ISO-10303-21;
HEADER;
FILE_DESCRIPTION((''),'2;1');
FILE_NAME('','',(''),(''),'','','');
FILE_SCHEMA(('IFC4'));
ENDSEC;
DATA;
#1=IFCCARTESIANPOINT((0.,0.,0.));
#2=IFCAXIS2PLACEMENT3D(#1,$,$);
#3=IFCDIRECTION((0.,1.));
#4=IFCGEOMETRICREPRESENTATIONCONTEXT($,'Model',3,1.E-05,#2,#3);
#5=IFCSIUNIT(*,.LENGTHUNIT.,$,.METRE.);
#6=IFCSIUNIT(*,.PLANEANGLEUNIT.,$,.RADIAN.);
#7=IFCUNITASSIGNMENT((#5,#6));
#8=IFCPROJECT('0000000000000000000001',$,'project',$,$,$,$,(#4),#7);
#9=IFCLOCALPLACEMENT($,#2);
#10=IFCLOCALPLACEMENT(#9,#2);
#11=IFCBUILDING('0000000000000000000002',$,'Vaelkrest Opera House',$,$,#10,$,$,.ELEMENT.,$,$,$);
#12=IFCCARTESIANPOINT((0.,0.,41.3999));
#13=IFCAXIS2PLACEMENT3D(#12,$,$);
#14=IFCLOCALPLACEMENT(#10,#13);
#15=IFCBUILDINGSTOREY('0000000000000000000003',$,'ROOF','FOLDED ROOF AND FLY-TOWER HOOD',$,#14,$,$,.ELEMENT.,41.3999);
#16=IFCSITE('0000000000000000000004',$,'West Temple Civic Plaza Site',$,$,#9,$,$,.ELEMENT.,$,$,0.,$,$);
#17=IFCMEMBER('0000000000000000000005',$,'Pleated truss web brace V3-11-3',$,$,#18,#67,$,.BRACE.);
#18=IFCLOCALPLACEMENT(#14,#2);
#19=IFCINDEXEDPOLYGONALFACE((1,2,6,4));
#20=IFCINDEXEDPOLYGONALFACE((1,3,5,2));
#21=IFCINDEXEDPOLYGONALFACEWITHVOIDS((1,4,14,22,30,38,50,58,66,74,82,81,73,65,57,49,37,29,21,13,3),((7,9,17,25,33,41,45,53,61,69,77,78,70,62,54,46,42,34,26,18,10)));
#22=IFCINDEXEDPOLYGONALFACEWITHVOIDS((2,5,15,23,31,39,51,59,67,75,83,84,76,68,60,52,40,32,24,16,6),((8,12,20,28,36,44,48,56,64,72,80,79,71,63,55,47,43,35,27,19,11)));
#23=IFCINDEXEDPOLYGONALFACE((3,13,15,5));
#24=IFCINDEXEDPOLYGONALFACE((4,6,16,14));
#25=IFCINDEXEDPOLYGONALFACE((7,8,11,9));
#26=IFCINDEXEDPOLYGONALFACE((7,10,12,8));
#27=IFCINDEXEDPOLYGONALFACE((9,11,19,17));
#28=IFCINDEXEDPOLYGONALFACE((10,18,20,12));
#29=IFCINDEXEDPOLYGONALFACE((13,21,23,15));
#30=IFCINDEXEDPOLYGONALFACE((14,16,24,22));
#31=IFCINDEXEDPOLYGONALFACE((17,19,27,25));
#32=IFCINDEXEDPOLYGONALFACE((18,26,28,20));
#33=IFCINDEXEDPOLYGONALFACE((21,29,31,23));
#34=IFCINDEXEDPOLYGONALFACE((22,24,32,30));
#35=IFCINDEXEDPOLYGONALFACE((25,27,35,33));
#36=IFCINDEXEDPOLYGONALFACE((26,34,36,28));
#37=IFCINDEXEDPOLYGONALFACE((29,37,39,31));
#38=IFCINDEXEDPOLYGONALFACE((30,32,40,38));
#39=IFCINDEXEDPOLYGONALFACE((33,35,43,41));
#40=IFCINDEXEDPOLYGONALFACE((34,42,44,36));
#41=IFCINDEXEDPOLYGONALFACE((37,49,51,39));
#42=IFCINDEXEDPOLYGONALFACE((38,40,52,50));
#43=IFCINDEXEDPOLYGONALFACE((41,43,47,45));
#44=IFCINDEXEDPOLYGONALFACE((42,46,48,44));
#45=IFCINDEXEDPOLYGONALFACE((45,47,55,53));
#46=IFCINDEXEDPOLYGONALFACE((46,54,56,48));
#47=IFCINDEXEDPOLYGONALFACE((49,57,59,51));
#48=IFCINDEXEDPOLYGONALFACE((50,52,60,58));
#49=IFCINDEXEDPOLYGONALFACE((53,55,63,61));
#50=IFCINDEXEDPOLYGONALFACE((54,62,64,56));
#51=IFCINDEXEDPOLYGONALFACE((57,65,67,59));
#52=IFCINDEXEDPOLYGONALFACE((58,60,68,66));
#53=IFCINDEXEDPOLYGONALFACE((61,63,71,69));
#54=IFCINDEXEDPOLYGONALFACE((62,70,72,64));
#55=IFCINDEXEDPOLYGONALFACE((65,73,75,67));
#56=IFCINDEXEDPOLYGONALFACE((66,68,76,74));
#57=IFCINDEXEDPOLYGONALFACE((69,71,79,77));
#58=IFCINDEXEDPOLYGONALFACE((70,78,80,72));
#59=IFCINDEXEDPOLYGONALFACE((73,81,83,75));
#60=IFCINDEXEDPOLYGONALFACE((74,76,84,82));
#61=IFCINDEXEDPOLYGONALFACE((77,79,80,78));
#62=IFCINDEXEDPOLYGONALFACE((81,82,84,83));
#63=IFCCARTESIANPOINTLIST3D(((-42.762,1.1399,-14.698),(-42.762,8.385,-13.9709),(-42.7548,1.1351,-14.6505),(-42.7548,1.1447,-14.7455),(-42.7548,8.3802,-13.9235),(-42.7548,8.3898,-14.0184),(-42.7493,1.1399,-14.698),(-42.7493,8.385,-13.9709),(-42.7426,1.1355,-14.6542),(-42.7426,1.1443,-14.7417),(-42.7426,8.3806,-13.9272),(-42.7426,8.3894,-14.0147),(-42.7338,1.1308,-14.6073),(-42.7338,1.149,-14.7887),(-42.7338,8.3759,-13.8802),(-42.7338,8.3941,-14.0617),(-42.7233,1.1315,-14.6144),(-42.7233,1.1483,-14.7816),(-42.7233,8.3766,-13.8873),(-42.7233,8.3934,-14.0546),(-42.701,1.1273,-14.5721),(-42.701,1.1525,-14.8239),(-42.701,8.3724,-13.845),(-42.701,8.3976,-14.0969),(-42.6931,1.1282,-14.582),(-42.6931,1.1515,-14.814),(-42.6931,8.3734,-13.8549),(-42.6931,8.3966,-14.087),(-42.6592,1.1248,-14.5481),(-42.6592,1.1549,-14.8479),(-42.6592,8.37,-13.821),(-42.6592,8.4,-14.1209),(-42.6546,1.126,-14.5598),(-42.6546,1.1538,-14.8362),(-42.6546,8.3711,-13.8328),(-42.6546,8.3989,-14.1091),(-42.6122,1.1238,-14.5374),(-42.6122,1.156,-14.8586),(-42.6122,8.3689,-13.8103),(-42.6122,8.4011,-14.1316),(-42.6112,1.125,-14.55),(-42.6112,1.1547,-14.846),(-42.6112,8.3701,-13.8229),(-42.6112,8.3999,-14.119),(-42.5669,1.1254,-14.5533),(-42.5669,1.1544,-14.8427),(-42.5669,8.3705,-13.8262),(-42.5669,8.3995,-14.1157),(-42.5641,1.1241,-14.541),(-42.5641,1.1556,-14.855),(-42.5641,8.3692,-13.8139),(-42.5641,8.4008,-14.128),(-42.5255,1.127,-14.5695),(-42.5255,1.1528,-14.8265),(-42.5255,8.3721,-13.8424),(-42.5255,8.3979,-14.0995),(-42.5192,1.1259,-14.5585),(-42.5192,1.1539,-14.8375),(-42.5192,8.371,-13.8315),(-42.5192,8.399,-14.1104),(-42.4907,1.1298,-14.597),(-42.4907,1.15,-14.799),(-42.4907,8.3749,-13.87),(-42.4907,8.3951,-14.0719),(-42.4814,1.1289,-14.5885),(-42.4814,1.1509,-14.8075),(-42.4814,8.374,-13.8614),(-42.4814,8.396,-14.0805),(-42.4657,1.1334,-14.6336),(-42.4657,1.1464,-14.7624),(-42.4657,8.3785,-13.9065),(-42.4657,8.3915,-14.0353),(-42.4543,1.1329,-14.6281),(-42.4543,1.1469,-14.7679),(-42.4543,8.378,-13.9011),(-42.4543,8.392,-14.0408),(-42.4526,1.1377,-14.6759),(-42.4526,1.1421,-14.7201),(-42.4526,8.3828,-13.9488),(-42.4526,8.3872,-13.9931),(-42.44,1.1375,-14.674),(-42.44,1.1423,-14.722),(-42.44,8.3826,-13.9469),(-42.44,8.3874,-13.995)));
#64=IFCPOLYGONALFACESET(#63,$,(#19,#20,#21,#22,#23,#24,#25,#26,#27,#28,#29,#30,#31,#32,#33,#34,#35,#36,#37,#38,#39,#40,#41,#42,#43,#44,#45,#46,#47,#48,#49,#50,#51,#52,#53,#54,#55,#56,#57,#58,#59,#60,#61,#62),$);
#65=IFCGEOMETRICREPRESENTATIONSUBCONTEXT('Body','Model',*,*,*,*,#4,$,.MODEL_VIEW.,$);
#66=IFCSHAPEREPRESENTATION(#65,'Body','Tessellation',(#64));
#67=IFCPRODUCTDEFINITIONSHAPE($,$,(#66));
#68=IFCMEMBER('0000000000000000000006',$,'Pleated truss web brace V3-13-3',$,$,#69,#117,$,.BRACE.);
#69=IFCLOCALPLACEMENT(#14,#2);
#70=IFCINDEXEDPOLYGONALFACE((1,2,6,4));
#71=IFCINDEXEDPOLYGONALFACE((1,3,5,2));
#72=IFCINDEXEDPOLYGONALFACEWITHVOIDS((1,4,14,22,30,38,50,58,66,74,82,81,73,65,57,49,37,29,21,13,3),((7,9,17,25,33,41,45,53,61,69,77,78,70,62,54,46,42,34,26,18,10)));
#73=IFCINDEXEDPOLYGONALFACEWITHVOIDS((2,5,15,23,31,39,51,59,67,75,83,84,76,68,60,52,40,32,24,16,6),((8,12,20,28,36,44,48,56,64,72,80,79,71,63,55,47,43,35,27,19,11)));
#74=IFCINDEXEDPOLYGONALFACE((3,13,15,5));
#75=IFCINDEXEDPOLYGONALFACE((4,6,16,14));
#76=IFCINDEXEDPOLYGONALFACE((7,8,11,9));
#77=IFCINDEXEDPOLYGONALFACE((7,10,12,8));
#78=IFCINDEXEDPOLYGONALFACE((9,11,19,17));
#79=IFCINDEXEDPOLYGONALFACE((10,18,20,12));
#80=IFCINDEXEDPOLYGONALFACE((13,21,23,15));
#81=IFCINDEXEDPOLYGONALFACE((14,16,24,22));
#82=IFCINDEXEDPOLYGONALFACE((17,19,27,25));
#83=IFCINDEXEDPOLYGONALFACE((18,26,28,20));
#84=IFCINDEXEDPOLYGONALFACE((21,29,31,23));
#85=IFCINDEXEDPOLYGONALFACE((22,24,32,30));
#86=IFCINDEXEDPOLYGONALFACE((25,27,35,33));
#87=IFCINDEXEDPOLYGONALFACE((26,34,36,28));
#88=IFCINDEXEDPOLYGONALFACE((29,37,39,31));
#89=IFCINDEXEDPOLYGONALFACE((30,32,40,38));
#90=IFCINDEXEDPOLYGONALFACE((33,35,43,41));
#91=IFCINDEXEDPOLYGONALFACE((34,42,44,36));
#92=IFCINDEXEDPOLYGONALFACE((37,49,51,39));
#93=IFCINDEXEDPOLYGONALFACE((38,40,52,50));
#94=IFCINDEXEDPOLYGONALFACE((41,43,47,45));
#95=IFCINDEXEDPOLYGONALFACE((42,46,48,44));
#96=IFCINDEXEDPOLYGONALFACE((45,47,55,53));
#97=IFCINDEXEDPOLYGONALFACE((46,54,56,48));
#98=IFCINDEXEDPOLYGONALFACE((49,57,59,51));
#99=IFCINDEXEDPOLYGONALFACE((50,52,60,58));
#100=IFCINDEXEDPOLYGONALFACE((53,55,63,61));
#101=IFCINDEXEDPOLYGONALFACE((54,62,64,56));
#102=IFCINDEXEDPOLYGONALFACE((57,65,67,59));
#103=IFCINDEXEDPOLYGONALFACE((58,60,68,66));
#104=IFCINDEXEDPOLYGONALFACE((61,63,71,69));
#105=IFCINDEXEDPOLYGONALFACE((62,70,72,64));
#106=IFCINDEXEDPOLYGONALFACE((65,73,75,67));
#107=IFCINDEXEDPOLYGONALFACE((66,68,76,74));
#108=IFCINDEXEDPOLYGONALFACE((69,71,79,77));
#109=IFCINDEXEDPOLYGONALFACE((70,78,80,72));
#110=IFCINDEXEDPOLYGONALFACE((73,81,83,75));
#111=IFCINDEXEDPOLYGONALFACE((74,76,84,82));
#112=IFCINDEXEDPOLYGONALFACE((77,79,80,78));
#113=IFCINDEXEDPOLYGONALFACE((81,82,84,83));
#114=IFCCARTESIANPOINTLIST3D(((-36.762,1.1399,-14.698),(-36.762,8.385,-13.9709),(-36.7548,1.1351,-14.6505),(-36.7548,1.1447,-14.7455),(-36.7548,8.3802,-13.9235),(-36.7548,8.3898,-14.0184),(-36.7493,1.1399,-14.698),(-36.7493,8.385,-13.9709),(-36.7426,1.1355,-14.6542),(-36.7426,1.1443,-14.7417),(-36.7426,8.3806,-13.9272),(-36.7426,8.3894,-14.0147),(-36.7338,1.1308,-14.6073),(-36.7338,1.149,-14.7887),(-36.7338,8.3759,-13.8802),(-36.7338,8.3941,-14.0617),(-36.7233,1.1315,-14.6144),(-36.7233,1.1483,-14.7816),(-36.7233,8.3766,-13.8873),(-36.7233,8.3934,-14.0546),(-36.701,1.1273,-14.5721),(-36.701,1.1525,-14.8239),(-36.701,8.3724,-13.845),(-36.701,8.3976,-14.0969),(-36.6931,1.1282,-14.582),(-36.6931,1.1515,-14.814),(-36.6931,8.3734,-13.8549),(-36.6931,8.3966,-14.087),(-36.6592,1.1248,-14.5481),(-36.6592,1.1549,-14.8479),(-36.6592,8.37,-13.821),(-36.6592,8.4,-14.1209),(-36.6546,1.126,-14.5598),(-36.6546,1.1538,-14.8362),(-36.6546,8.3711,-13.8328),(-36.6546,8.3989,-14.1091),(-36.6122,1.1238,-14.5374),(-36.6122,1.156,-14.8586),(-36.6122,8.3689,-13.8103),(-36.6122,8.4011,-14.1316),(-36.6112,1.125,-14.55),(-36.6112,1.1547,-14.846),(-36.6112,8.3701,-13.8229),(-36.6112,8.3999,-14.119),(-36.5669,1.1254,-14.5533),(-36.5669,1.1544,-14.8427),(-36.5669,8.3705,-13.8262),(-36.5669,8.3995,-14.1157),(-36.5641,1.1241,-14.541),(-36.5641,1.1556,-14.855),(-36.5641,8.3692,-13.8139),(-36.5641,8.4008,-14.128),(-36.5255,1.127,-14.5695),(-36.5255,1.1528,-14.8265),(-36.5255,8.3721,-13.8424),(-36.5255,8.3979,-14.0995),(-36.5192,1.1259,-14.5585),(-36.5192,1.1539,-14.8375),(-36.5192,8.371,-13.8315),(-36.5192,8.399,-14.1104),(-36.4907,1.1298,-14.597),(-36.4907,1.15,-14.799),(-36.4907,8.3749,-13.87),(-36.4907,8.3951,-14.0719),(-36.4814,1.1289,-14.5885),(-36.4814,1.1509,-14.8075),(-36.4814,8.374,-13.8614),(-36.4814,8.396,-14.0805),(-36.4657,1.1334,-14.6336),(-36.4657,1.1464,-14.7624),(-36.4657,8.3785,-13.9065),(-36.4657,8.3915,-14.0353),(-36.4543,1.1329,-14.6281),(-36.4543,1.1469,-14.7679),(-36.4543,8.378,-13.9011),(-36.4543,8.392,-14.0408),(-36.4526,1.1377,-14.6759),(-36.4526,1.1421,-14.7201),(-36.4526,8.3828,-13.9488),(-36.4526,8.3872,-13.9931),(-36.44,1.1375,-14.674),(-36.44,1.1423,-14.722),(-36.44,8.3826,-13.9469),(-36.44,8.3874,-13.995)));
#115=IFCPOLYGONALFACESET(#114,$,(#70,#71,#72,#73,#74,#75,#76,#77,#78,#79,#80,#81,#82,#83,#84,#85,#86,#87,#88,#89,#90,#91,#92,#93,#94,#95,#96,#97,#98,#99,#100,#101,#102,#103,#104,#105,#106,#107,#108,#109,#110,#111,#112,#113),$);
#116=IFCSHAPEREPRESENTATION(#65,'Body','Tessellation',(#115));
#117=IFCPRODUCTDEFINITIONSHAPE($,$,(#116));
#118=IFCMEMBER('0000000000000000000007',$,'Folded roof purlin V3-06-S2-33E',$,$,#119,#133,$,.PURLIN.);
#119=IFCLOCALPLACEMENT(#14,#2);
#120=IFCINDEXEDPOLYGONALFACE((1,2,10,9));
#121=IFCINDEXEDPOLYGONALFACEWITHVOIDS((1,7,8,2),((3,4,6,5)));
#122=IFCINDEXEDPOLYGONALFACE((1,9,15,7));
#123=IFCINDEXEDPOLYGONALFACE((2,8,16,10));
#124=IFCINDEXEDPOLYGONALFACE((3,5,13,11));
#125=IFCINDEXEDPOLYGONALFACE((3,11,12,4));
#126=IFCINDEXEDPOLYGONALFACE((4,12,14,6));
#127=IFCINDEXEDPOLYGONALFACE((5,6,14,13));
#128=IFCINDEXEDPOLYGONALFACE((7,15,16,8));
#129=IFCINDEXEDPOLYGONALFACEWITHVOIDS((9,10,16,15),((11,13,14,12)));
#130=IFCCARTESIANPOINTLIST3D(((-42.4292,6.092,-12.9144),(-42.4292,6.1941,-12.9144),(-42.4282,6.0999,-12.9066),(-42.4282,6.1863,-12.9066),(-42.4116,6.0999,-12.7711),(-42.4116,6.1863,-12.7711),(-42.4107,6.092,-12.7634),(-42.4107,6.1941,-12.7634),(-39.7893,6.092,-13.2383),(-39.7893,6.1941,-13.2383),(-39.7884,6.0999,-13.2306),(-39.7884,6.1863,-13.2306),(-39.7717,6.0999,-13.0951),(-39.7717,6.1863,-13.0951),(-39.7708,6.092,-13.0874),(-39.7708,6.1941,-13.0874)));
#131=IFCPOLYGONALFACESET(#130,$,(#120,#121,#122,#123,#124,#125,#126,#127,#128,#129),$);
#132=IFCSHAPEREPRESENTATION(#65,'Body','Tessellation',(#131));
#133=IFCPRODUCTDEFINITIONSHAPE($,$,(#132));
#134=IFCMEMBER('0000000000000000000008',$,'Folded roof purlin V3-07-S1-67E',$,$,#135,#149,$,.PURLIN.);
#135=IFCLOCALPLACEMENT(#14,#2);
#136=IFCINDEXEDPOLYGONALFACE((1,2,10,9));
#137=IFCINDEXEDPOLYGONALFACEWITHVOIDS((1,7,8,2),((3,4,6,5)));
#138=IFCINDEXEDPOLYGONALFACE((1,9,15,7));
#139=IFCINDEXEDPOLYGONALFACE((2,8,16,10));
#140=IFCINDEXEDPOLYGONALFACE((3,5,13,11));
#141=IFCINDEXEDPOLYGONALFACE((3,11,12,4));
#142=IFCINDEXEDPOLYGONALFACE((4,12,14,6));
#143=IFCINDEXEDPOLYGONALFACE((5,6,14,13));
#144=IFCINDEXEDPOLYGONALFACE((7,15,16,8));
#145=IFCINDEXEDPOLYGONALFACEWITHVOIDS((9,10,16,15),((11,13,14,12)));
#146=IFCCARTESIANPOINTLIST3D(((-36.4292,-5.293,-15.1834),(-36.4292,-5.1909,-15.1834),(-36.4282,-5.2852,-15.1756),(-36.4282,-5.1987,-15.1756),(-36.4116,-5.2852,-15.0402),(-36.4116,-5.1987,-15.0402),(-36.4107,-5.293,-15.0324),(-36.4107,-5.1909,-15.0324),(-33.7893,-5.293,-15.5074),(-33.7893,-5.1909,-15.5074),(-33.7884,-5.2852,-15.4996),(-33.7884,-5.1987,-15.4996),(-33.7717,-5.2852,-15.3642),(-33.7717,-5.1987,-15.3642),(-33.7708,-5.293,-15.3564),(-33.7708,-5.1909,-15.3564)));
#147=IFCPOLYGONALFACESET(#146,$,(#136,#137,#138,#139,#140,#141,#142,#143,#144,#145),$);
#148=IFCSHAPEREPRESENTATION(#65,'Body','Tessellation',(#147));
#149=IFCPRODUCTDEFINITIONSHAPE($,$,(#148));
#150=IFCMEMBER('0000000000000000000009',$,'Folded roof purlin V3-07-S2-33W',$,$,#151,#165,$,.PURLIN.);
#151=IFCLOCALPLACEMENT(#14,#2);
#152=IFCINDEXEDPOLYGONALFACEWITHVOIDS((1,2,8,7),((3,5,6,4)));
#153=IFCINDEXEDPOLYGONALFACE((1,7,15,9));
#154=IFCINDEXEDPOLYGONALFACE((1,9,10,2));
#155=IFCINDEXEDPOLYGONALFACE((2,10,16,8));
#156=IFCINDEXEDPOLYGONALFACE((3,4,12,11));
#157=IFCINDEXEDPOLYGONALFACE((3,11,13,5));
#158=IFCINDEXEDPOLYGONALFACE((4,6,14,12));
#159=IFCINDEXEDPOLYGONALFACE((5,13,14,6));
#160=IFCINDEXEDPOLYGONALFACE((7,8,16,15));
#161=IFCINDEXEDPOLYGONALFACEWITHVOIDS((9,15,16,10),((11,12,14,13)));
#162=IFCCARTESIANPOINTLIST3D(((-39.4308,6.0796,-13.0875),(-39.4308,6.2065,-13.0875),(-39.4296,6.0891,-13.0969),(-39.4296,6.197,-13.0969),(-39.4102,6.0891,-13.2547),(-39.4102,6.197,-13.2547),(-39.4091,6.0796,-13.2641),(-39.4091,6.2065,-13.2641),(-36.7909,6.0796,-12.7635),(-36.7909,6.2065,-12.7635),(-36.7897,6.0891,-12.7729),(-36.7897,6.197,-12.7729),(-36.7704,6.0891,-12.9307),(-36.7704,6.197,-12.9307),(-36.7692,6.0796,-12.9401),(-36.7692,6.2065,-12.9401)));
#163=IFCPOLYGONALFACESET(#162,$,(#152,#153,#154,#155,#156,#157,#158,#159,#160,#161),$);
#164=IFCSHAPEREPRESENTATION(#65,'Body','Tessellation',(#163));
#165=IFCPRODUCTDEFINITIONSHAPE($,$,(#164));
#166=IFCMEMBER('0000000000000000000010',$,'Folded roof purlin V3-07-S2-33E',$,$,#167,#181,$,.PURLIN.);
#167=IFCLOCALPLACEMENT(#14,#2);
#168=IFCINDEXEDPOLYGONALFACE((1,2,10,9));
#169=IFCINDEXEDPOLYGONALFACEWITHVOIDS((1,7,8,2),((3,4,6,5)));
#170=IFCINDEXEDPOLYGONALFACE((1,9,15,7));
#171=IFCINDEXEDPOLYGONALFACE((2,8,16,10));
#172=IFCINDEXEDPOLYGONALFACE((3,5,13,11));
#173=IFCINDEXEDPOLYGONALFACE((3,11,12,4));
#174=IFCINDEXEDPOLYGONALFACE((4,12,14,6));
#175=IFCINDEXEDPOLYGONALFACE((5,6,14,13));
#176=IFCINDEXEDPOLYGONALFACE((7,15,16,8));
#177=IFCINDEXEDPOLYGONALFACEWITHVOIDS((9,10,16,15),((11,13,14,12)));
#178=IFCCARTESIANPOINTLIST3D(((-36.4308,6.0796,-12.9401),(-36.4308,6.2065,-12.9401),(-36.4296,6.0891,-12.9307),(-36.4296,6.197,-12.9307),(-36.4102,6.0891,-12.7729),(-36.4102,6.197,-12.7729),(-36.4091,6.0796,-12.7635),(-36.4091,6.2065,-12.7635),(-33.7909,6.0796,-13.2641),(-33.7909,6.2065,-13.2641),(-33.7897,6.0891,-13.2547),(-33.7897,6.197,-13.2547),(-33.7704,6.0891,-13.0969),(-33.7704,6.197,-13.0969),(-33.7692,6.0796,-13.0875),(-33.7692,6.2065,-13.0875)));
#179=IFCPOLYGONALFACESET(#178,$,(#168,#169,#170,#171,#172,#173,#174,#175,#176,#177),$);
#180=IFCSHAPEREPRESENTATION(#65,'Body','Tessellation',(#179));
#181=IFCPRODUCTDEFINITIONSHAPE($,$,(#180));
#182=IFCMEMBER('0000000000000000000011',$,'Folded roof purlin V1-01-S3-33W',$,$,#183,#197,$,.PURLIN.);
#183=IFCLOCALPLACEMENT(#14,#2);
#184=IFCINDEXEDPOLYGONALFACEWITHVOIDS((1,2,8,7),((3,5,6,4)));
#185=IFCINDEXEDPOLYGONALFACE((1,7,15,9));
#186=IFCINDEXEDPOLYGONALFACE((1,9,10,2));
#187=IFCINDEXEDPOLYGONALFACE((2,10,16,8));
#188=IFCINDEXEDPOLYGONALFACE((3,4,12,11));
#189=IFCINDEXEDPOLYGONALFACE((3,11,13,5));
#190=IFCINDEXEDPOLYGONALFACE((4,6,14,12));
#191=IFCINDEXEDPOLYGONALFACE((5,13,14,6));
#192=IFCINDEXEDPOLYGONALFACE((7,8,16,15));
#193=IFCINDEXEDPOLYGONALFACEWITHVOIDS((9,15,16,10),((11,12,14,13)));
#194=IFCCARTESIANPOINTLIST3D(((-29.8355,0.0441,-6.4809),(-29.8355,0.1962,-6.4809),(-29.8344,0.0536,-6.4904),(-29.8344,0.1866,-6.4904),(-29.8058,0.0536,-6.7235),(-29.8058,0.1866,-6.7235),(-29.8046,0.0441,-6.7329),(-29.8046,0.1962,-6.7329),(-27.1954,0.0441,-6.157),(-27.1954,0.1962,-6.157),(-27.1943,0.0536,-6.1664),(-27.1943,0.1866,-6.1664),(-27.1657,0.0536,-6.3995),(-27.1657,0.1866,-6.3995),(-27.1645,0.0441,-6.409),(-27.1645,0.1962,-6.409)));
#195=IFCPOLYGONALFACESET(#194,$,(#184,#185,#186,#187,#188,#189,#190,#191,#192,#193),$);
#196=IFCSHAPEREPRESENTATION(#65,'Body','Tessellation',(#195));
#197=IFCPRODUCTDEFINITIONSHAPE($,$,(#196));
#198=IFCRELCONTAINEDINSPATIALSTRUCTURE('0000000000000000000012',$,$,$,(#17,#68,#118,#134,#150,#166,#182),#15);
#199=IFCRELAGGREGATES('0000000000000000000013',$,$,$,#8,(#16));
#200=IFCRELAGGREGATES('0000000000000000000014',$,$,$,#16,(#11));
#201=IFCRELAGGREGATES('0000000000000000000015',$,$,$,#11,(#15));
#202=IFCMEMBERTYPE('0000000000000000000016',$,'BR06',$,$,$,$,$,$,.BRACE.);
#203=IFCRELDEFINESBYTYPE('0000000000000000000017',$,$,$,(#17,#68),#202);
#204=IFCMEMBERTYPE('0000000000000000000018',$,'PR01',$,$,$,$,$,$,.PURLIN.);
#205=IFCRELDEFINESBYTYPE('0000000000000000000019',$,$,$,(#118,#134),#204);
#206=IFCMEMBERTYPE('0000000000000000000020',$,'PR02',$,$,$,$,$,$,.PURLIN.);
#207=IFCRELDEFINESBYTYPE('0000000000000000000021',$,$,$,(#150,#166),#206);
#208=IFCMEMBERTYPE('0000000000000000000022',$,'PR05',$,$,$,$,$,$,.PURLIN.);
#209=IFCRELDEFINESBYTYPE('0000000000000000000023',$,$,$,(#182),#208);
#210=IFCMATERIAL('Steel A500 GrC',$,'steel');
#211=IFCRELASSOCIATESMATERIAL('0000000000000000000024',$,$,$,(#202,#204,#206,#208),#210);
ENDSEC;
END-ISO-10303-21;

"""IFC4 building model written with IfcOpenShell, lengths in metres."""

from ifc_helpers import new_model, si_unit, direction, frame, origin, origin_2d, place, context, subcontext, project, spatial, hollow_rectangle, hollow_circle, extrude, material, material_profile, profile_set, type_object, element, save


model = new_model("IFC4")

# Units and contexts
model_context = context("Model", 3, precision=1e-05, world=origin(), true_north=direction((0.0, 1.0)))
body_context = subcontext(model_context, "Body", "Model", "MODEL_VIEW")
ifc_project = project(units=[si_unit("LENGTHUNIT", "METRE"), si_unit("PLANEANGLEUNIT", "RADIAN")], contexts=[model_context])

# Site, building, storey
site_placement = place(None, origin())
site = spatial("IfcSite", under=ifc_project, at=site_placement, Name="West Temple Civic Plaza Site", CompositionType="ELEMENT", RefElevation=0.0)
building_placement = place(site_placement, origin())
building = spatial("IfcBuilding", under=site, at=building_placement, Name="Vaelkrest Opera House", CompositionType="ELEMENT")
storey_placement = place(building_placement, frame((0.0, 0.0, 41.3999)))
storey = spatial("IfcBuildingStorey", under=building, at=storey_placement, Name="ROOF", Description="FOLDED ROOF AND FLY-TOWER HOOD", CompositionType="ELEMENT", Elevation=41.3999)

# Members
ifc_material_1 = material(Name="Steel A500 GrC", Category="steel")
ifc_material_profile_1 = material_profile(ifc_material_1, hollow_circle(Radius=0.1619, WallThickness=0.0127, at=origin_2d()), Name="HSS323.9X12.7")
ifc_profile_set_1 = profile_set([ifc_material_profile_1], Name="Steel A500 GrC")
member_type_1 = type_object("IfcMemberType", Name="BR06", PredefinedType="BRACE", material=ifc_profile_set_1)
for number, where, z_axis, x_axis, name in (
    (1, (-42.6001, 1.1399, -14.698), (0.0, 0.995003, 0.099849), (-1.0, 0.0, 0.0), "Pleated truss web brace V3-11-3"),
    (2, (-36.6001, 1.1399, -14.698), (0.0, 0.995003, 0.099849), (-1.0, 0.0, 0.0), "Pleated truss web brace V3-13-3"),
):
    element("IfcMember", number, at=place(storey_placement, frame(where, z_axis=z_axis, x_axis=x_axis)), inside=storey, type_object=member_type_1, Name=name, PredefinedType="BRACE", context=body_context, shape_type="SweptSolid", body=[
        extrude(hollow_circle(Radius=0.1619, WallThickness=0.0127, at=origin_2d()), origin(), (0.0, 0.0, 1.0), 7.2815),
    ])
ifc_material_profile_2 = material_profile(ifc_material_1, hollow_rectangle(XDim=0.1021, YDim=0.1521, WallThickness=0.0078, at=origin_2d()), Name="HSS152X102X8")
ifc_profile_set_2 = profile_set([ifc_material_profile_2], Name="Steel A500 GrC")
member_type_2 = type_object("IfcMemberType", Name="PR01", PredefinedType="PURLIN", material=ifc_profile_set_2)
for number, where, z_axis, x_axis, name in (
    (3, (-42.4199, 6.1431, -12.8389), (0.992554, 0.0, -0.121809), (0.0, 1.0, 0.0), "Folded roof purlin V3-06-S2-33E"),
    (4, (-36.4199, -5.2419, -15.1079), (0.992554, 0.0, -0.121809), (0.0, 1.0, 0.0), "Folded roof purlin V3-07-S1-67E"),
):
    element("IfcMember", number, at=place(storey_placement, frame(where, z_axis=z_axis, x_axis=x_axis)), inside=storey, type_object=member_type_2, Name=name, PredefinedType="PURLIN", context=body_context, shape_type="SweptSolid", body=[
        extrude(hollow_rectangle(XDim=0.1021, YDim=0.1521, WallThickness=0.0078, at=origin_2d()), origin(), (0.0, 0.0, 1.0), 2.6597),
    ])
ifc_material_profile_3 = material_profile(ifc_material_1, hollow_rectangle(XDim=0.127, YDim=0.178, WallThickness=0.0095, at=origin_2d()), Name="HSS178X127X9.5")
ifc_profile_set_3 = profile_set([ifc_material_profile_3], Name="Steel A500 GrC")
member_type_3 = type_object("IfcMemberType", Name="PR02", PredefinedType="PURLIN", material=ifc_profile_set_3)
for number, where, z_axis, x_axis, name in (
    (5, (-39.4199, 6.1431, -13.1758), (0.992554, 0.0, 0.121809), (0.0, 1.0, 0.0), "Folded roof purlin V3-07-S2-33W"),
    (6, (-36.4199, 6.1431, -12.8518), (0.992554, 0.0, -0.121809), (0.0, 1.0, 0.0), "Folded roof purlin V3-07-S2-33E"),
):
    element("IfcMember", number, at=place(storey_placement, frame(where, z_axis=z_axis, x_axis=x_axis)), inside=storey, type_object=member_type_3, Name=name, PredefinedType="PURLIN", context=body_context, shape_type="SweptSolid", body=[
        extrude(hollow_rectangle(XDim=0.127, YDim=0.178, WallThickness=0.0095, at=origin_2d()), origin(), (0.0, 0.0, 1.0), 2.6597),
    ])
ifc_material_profile_4 = material_profile(ifc_material_1, hollow_rectangle(XDim=0.1521, YDim=0.2539, WallThickness=0.0095, at=origin_2d()), Name="HSS254X152X9.5")
ifc_profile_set_4 = profile_set([ifc_material_profile_4], Name="Steel A500 GrC")
member_type_4 = type_object("IfcMemberType", Name="PR05", PredefinedType="PURLIN", material=ifc_profile_set_4)
member_placement = place(storey_placement, frame((-29.8201, 0.1201, -6.6069), z_axis=(0.992555, 0.0, 0.121798), x_axis=(0.0, 1.0, 0.0)))
element("IfcMember", 7, at=member_placement, inside=storey, type_object=member_type_4, Name="Folded roof purlin V1-01-S3-33W", PredefinedType="PURLIN", context=body_context, shape_type="SweptSolid", body=[
    extrude(hollow_rectangle(XDim=0.1521, YDim=0.2539, WallThickness=0.0095, at=origin_2d()), origin(), (0.0, 0.0, 1.0), 2.6599),
])

save(model, "model.ifc")
